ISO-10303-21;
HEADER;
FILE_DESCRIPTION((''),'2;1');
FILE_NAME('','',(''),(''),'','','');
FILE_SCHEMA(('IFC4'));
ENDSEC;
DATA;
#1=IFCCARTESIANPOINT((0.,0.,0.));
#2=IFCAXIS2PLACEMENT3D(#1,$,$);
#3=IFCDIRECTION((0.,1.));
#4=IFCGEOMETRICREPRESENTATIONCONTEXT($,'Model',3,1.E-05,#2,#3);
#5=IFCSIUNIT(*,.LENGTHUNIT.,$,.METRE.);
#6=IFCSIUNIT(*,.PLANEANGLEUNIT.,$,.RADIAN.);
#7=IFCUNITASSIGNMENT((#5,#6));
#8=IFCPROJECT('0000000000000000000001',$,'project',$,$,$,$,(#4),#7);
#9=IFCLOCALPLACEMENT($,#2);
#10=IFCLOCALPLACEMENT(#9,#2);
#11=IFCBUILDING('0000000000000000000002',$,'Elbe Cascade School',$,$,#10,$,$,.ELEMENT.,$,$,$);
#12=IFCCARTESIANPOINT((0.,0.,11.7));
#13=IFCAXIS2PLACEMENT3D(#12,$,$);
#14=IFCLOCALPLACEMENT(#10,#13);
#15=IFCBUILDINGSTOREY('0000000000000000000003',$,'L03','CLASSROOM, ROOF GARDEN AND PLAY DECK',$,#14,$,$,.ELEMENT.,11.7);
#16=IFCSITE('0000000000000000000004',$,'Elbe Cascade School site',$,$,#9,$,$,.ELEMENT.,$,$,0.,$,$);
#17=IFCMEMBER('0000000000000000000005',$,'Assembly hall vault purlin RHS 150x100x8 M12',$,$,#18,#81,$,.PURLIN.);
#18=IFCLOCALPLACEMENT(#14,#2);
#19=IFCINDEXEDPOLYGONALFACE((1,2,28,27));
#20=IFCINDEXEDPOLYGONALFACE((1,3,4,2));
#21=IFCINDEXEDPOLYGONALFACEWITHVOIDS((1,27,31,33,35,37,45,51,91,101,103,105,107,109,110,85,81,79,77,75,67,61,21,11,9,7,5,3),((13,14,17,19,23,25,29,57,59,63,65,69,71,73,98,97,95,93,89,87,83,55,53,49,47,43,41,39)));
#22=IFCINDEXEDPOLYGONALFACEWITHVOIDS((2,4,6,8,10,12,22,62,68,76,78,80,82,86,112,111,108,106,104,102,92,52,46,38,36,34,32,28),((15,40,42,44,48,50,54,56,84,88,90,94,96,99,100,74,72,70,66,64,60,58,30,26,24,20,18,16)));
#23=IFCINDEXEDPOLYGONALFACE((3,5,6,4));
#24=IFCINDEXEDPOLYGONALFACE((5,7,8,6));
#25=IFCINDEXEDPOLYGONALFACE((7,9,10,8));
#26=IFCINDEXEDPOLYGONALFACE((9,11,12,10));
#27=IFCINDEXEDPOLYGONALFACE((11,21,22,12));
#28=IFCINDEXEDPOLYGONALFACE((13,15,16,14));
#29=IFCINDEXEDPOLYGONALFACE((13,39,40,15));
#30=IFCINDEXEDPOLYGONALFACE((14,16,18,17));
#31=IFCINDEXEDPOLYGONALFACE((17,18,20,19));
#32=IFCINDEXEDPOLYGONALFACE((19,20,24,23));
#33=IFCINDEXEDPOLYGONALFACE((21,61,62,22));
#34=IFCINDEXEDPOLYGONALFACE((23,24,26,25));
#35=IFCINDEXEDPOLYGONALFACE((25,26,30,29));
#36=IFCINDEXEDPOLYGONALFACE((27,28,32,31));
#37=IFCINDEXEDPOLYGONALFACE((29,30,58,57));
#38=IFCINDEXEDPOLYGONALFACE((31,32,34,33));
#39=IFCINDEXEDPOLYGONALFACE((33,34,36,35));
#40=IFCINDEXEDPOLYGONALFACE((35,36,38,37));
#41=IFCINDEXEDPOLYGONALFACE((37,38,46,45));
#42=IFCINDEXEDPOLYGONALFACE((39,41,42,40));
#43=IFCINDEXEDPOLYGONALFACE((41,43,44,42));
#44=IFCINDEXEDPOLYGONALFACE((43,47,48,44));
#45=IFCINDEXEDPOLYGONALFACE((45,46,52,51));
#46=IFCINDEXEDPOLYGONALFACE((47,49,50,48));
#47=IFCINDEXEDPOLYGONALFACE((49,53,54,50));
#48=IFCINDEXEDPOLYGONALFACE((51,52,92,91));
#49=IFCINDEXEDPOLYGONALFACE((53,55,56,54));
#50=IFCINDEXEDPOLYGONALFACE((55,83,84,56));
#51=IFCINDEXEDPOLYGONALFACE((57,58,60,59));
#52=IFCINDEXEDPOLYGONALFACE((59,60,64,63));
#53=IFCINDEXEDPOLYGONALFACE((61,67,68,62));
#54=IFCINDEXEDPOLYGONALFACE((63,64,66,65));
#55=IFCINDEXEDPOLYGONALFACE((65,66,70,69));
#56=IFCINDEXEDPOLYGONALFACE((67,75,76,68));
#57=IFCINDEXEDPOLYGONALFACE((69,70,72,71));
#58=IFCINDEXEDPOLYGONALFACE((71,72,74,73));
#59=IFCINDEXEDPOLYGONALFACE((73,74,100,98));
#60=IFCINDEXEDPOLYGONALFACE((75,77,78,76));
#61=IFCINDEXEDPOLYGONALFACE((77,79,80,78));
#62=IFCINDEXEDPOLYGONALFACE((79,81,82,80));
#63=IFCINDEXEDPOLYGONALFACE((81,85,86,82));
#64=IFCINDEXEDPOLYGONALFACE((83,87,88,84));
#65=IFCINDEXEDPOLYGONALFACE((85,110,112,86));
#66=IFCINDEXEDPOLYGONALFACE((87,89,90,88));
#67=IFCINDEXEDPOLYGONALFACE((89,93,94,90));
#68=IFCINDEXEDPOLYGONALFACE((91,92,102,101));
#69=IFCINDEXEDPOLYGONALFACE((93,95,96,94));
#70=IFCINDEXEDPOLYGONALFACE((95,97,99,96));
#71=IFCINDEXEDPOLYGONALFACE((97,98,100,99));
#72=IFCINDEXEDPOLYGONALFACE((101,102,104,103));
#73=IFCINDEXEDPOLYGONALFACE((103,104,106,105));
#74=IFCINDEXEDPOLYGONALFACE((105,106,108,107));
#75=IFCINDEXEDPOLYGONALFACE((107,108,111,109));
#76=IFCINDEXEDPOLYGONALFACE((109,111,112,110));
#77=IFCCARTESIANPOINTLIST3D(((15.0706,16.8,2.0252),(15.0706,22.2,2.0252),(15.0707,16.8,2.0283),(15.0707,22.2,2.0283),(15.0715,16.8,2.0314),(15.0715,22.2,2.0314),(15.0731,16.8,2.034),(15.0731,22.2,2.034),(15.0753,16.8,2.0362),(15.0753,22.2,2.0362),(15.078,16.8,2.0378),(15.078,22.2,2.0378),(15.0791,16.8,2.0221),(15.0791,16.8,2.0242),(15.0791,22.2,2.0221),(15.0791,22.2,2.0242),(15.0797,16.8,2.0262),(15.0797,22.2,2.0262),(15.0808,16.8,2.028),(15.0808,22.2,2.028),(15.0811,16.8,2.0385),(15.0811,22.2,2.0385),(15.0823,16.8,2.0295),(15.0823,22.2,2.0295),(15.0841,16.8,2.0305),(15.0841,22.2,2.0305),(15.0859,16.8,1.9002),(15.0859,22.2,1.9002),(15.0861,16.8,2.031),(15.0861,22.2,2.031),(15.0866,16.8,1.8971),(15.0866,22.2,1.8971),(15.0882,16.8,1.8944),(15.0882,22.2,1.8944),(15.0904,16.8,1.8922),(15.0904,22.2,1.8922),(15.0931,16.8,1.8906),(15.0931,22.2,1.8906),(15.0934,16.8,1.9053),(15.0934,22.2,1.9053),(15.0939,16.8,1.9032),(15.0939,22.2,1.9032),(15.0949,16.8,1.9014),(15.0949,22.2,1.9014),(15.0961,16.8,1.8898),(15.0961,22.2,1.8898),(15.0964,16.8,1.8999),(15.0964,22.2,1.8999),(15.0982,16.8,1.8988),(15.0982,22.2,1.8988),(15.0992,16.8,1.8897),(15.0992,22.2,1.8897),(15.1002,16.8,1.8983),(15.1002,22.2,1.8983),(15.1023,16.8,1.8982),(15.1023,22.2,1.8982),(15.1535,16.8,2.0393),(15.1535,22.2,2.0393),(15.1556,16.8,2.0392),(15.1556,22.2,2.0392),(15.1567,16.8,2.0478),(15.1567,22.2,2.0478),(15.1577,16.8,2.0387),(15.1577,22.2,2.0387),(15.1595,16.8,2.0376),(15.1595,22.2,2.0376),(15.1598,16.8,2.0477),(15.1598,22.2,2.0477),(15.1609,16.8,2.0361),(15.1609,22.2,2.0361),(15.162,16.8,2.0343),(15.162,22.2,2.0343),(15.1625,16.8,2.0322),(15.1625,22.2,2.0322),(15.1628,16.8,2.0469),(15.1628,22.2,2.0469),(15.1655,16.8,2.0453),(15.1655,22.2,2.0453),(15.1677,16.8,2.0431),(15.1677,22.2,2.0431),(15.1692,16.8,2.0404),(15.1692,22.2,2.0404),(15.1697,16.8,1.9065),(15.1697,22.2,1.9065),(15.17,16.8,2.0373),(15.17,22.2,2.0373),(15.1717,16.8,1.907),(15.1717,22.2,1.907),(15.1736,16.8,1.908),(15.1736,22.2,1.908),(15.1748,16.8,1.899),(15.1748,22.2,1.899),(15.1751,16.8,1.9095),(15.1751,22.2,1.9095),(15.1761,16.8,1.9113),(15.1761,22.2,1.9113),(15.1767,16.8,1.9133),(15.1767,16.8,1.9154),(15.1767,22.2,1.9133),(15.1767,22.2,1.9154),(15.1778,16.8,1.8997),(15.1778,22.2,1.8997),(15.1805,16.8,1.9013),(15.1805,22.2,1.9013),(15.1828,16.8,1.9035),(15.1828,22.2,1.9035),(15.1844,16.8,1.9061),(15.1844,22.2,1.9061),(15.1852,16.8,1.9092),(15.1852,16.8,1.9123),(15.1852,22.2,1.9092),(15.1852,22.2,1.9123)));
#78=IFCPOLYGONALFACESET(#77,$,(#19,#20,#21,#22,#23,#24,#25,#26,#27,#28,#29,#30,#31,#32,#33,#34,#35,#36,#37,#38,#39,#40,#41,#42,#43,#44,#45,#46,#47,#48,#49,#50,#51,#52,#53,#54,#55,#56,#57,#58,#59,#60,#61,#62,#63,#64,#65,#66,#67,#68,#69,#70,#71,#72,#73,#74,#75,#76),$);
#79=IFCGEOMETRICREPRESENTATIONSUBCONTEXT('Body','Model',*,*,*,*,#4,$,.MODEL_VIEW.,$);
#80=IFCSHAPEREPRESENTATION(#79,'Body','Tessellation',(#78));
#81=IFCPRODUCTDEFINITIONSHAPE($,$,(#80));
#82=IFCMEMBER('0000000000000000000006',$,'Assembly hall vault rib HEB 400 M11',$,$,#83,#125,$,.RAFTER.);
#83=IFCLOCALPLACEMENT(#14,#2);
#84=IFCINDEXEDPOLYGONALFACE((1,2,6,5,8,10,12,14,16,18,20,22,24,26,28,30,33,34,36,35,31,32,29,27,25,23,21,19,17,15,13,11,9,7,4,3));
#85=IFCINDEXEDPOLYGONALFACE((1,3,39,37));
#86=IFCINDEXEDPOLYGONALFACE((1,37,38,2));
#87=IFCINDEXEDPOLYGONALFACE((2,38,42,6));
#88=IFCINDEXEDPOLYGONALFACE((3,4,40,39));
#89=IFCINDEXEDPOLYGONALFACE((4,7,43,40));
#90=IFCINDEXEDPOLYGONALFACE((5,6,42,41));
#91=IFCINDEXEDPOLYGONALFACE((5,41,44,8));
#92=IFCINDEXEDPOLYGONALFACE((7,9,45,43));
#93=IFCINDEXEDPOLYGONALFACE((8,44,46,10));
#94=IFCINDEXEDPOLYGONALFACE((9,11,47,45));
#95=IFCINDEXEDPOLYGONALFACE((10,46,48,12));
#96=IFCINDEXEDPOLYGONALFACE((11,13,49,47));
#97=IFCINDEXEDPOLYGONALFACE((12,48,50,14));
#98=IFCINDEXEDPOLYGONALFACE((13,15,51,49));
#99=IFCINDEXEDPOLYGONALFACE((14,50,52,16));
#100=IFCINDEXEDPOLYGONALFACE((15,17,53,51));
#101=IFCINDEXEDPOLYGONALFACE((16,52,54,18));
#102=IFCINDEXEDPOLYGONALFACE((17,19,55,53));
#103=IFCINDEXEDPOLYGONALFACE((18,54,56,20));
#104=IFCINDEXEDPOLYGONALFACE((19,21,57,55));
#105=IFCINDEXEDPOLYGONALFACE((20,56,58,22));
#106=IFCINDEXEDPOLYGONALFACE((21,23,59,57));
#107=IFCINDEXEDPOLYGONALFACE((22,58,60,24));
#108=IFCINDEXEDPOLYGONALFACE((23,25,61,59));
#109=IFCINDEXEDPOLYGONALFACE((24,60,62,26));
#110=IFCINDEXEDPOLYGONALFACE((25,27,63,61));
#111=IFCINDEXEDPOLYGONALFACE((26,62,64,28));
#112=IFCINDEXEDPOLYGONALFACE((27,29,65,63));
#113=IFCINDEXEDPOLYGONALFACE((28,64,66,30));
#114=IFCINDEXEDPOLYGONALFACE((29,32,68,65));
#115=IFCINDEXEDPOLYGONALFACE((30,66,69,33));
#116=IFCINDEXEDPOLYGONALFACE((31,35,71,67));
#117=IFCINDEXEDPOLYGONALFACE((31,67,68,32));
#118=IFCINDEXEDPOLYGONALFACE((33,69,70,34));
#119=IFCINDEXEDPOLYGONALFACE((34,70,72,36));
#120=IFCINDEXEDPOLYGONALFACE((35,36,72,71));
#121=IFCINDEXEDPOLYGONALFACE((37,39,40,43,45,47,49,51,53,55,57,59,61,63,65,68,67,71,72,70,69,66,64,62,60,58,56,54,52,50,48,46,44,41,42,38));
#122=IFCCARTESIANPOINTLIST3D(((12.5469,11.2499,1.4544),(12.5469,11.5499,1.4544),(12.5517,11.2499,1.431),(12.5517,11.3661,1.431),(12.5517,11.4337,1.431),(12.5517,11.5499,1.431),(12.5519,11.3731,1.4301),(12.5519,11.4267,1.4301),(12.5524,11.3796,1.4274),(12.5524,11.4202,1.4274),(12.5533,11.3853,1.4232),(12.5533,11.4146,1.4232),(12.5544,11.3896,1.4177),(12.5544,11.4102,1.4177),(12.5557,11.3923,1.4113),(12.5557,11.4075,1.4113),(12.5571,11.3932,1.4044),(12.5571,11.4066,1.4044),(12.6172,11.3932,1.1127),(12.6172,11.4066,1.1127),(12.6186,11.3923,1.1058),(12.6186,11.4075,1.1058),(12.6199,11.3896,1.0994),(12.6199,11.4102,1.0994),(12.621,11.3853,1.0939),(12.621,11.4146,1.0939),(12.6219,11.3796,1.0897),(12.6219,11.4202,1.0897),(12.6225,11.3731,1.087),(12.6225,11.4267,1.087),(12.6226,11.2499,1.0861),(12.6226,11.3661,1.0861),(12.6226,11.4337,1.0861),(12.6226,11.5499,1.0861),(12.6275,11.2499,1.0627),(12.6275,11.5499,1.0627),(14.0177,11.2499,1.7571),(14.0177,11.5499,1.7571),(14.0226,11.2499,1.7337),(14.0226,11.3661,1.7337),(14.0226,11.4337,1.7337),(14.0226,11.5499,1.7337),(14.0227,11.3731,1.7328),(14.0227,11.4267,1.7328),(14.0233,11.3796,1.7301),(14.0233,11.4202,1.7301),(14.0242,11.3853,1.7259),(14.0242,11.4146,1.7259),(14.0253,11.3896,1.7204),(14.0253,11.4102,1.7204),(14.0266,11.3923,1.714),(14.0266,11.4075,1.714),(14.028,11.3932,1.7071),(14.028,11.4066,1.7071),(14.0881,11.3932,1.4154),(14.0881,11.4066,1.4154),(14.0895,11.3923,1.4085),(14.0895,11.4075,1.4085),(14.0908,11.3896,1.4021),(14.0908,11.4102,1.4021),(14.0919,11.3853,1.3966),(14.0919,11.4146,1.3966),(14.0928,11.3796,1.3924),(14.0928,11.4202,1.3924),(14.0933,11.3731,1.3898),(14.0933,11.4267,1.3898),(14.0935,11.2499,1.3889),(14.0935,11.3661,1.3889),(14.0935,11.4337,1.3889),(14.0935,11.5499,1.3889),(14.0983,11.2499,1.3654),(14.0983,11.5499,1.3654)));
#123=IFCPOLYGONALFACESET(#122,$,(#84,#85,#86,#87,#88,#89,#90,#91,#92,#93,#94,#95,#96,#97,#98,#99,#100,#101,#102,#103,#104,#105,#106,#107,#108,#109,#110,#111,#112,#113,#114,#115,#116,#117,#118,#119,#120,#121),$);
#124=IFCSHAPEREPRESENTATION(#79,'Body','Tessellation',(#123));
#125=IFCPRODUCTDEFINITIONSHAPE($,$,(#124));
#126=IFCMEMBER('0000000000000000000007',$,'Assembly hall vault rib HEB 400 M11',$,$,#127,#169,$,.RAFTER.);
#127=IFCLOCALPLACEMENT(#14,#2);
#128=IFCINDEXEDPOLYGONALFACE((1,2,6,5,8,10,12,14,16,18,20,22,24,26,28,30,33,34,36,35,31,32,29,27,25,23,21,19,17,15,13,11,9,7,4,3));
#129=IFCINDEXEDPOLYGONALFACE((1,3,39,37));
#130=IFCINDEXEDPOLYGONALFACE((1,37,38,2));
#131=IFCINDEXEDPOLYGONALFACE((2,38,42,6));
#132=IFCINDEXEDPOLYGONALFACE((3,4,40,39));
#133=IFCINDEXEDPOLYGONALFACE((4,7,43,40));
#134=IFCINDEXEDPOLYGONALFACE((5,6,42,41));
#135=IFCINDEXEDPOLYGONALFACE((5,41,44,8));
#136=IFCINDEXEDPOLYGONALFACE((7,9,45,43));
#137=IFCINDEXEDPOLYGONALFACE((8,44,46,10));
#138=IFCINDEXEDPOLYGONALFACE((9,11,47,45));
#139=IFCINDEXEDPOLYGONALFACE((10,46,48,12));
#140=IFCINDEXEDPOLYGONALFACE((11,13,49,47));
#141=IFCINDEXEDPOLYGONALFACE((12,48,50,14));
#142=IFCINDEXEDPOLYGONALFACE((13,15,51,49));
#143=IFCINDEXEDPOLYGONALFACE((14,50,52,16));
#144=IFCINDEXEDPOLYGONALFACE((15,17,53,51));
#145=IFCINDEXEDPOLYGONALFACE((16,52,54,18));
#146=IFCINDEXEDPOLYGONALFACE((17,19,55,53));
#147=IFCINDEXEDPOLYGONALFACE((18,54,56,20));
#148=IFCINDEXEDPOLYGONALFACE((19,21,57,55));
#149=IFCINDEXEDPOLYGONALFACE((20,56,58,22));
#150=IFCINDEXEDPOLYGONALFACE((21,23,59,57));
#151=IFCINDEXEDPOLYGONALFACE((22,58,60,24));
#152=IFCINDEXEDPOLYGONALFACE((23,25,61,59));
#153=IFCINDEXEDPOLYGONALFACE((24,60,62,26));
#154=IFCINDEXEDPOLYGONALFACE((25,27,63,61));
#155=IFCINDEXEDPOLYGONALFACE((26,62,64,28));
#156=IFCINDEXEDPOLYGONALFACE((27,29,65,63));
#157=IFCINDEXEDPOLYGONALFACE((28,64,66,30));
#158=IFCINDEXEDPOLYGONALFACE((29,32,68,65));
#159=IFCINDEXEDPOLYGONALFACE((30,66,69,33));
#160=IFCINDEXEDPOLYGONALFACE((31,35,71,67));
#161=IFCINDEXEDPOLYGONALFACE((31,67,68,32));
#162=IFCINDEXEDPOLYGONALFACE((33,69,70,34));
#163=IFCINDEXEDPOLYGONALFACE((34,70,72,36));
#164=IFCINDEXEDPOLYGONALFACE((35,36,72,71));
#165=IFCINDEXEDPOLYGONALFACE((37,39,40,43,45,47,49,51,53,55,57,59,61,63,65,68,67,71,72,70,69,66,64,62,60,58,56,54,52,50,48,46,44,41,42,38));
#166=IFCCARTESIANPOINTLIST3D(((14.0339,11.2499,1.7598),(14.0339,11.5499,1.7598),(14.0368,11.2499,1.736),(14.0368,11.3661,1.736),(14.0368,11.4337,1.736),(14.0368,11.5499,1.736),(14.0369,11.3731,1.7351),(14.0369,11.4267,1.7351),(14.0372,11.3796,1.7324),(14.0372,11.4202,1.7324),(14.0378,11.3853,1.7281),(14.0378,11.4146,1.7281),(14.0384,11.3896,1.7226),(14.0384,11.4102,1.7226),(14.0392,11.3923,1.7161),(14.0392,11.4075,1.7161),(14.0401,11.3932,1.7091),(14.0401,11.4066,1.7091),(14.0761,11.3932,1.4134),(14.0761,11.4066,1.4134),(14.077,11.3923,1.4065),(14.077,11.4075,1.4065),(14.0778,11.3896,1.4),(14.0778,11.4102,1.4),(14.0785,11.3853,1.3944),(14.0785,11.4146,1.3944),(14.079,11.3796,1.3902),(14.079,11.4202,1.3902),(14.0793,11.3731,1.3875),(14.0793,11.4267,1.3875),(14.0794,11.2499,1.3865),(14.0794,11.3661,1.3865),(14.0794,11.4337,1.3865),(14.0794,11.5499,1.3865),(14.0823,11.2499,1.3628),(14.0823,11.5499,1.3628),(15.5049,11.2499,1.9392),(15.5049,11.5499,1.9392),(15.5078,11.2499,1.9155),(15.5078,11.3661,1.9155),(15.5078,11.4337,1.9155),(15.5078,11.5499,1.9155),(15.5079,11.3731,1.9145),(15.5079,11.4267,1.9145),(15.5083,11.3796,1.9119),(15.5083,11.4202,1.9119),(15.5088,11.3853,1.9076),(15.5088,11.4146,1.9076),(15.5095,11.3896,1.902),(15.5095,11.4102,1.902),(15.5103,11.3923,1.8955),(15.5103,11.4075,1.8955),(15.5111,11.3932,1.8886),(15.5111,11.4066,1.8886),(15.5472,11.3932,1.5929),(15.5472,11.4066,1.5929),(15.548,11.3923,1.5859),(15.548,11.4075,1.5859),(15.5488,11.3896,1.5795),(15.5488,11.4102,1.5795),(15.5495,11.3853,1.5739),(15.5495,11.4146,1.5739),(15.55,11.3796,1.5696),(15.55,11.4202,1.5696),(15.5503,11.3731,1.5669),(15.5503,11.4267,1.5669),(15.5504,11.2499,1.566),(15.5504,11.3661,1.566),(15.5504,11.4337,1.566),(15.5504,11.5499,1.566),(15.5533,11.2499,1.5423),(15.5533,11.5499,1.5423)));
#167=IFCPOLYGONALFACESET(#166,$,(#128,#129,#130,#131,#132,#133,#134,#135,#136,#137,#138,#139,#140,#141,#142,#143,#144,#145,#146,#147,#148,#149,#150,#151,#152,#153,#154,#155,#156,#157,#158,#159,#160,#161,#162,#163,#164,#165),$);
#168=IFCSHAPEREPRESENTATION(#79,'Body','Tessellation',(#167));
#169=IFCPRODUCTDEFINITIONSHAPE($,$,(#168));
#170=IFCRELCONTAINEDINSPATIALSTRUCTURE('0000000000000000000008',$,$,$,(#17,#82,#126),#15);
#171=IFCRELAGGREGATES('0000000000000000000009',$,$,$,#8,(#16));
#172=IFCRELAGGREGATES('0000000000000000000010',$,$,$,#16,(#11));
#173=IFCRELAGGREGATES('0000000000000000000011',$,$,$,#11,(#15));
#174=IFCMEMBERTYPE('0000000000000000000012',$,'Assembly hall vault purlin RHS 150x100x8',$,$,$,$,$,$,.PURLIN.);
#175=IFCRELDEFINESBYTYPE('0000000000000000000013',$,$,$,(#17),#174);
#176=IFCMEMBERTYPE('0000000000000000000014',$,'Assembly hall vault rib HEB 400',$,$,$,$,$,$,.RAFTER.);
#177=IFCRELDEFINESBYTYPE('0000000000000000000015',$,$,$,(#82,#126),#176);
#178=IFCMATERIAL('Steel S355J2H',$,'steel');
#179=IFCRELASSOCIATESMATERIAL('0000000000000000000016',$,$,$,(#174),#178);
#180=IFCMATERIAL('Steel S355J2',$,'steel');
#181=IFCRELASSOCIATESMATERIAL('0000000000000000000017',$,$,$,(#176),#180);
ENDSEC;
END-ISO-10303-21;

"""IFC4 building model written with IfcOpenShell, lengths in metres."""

from ifc_helpers import new_model, si_unit, direction, frame, origin, origin_2d, place, context, subcontext, project, spatial, hollow_rectangle, i_section, extrude, material, material_profile, profile_set, type_object, element, save


model = new_model("IFC4")

# Units and contexts
model_context = context("Model", 3, precision=1e-05, world=origin(), true_north=direction((0.0, 1.0)))
body_context = subcontext(model_context, "Body", "Model", "MODEL_VIEW")
ifc_project = project(units=[si_unit("LENGTHUNIT", "METRE"), si_unit("PLANEANGLEUNIT", "RADIAN")], contexts=[model_context])

# Site, building, storey
site_placement = place(None, origin())
site = spatial("IfcSite", under=ifc_project, at=site_placement, Name="Elbe Cascade School site", CompositionType="ELEMENT", RefElevation=0.0)
building_placement = place(site_placement, origin())
building = spatial("IfcBuilding", under=site, at=building_placement, Name="Elbe Cascade School", CompositionType="ELEMENT")
storey_placement = place(building_placement, frame((0.0, 0.0, 11.7)))
storey = spatial("IfcBuildingStorey", under=building, at=storey_placement, Name="L03", Description="CLASSROOM, ROOF GARDEN AND PLAY DECK", CompositionType="ELEMENT", Elevation=11.7)

# Members
ifc_material_1 = material(Name="Steel S355J2H", Category="steel")
ifc_material_profile_1 = material_profile(ifc_material_1, hollow_rectangle(XDim=0.1001, YDim=0.1499, WallThickness=0.0081, InnerFilletRadius=0.0081, OuterFilletRadius=0.012, at=origin_2d()), Name="RHS 150x100x8")
ifc_profile_set_1 = profile_set([ifc_material_profile_1], Name="Steel S355J2H")
member_type_1 = type_object("IfcMemberType", Name="Assembly hall vault purlin RHS 150x100x8", PredefinedType="PURLIN", material=ifc_profile_set_1)
member_1_placement = place(storey_placement, frame((15.1279, 16.8, 1.9688), z_axis=(0.0, 1.0, 0.0), x_axis=(-0.992652, 0.0, -0.121003)))
element("IfcMember", 1, at=member_1_placement, inside=storey, type_object=member_type_1, Name="Assembly hall vault purlin RHS 150x100x8 M12", PredefinedType="PURLIN", context=body_context, shape_type="SweptSolid", body=[
    extrude(hollow_rectangle(XDim=0.1001, YDim=0.1499, WallThickness=0.0081, InnerFilletRadius=0.0081, OuterFilletRadius=0.012, at=origin_2d()), origin(), (0.0, 0.0, 1.0), 5.3999),
])
ifc_material_2 = material(Name="Steel S355J2", Category="steel")
ifc_material_profile_2 = material_profile(ifc_material_2, i_section(OverallWidth=0.3, OverallDepth=0.3999, WebThickness=0.0134, FlangeThickness=0.0239, FilletRadius=0.0271, at=origin_2d()), Name="HEB 400")
ifc_profile_set_2 = profile_set([ifc_material_profile_2], Name="Steel S355J2")
member_type_2 = type_object("IfcMemberType", Name="Assembly hall vault rib HEB 400", PredefinedType="RAFTER", material=ifc_profile_set_2)
member_2_placement = place(storey_placement, frame((12.5872, 11.3999, 1.2585), z_axis=(0.979471, 0.0, 0.201584), x_axis=(0.0, 1.0, 0.0)))
element("IfcMember", 2, at=member_2_placement, inside=storey, type_object=member_type_2, Name="Assembly hall vault rib HEB 400 M11", PredefinedType="RAFTER", context=body_context, shape_type="SweptSolid", body=[
    extrude(i_section(OverallWidth=0.3, OverallDepth=0.3999, WebThickness=0.0134, FlangeThickness=0.0239, FilletRadius=0.0271, at=origin_2d()), origin(), (0.0, 0.0, 1.0), 1.5017),
])
member_3_placement = place(storey_placement, frame((14.0581, 11.3999, 1.5613), z_axis=(0.992641, 0.0, 0.121094), x_axis=(0.0, 1.0, 0.0)))
element("IfcMember", 3, at=member_3_placement, inside=storey, type_object=member_type_2, Name="Assembly hall vault rib HEB 400 M11", PredefinedType="RAFTER", context=body_context, shape_type="SweptSolid", body=[
    extrude(i_section(OverallWidth=0.3, OverallDepth=0.3999, WebThickness=0.0134, FlangeThickness=0.0239, FilletRadius=0.0271, at=origin_2d()), origin(), (0.0, 0.0, 1.0), 1.4819),
])

save(model, "model.ifc")
